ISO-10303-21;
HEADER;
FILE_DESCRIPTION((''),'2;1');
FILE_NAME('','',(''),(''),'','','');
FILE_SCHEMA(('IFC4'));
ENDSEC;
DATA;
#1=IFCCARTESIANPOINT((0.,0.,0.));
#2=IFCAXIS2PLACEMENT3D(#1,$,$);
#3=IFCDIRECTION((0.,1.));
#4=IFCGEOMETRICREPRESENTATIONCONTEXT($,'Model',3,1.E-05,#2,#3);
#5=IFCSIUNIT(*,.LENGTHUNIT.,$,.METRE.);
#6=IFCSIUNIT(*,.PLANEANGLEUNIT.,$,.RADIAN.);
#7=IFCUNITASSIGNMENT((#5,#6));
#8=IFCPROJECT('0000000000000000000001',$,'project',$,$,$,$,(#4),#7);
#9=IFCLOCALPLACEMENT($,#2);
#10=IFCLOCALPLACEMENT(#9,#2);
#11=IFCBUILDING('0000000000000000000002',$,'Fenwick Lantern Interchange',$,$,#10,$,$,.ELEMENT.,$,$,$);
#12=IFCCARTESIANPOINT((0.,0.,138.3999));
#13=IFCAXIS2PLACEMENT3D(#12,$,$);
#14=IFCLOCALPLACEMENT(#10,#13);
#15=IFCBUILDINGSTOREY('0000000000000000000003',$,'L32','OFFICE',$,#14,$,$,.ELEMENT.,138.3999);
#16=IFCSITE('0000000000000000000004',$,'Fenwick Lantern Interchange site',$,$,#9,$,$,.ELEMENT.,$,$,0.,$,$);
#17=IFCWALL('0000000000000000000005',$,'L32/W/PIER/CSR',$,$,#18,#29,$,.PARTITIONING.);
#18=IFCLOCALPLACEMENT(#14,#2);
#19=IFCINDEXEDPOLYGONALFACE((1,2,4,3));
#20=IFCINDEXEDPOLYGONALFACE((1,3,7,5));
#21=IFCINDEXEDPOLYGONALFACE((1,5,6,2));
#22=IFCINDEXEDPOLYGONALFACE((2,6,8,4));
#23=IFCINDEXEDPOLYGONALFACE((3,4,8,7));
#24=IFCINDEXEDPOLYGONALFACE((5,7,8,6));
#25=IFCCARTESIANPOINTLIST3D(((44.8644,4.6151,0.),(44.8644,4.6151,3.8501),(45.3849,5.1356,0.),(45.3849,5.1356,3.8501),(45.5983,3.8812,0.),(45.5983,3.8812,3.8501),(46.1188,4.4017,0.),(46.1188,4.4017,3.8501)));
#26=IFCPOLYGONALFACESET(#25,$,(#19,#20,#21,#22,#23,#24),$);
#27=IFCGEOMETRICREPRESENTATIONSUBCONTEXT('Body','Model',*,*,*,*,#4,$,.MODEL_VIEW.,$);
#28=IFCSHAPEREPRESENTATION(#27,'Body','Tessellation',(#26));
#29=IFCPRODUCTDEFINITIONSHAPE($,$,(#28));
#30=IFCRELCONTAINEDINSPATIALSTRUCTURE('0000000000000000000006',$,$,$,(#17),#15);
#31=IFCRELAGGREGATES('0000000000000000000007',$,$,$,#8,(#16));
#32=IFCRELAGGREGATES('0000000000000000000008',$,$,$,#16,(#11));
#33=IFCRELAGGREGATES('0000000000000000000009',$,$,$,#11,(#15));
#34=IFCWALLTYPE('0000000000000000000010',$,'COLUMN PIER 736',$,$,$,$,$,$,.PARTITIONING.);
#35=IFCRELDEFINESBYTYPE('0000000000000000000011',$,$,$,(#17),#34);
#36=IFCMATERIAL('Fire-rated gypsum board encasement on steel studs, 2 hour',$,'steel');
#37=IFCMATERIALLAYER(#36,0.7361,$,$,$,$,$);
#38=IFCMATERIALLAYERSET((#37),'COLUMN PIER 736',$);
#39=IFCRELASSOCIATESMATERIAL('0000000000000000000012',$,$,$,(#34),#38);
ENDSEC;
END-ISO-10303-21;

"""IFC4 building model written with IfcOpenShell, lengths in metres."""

from ifc_helpers import new_model, si_unit, direction, frame, frame_2d, origin, place, context, subcontext, project, spatial, rectangle, extrude, material, layer, layer_set, type_object, element, save


model = new_model("IFC4")

# Units and contexts
model_context = context("Model", 3, precision=1e-05, world=origin(), true_north=direction((0.0, 1.0)))
body_context = subcontext(model_context, "Body", "Model", "MODEL_VIEW")
ifc_project = project(units=[si_unit("LENGTHUNIT", "METRE"), si_unit("PLANEANGLEUNIT", "RADIAN")], contexts=[model_context])

# Site, building, storey
site_placement = place(None, origin())
site = spatial("IfcSite", under=ifc_project, at=site_placement, Name="Fenwick Lantern Interchange site", CompositionType="ELEMENT", RefElevation=0.0)
building_placement = place(site_placement, origin())
building = spatial("IfcBuilding", under=site, at=building_placement, Name="Fenwick Lantern Interchange", CompositionType="ELEMENT")
storey_placement = place(building_placement, frame((0.0, 0.0, 138.3999)))
storey = spatial("IfcBuildingStorey", under=building, at=storey_placement, Name="L32", Description="OFFICE", CompositionType="ELEMENT", Elevation=138.3999)

# Wall
ifc_material_1 = material(Name="Fire-rated gypsum board encasement on steel studs, 2 hour", Category="steel")
ifc_layer_1 = layer(ifc_material_1, 0.7361)
ifc_layer_set_1 = layer_set([ifc_layer_1], Name="COLUMN PIER 736")
wall_type = type_object("IfcWallType", Name="COLUMN PIER 736", PredefinedType="PARTITIONING", material=ifc_layer_set_1)
wall_placement = place(storey_placement, frame((45.8586, 4.1414, 0.0), z_axis=(0.0, 0.0, 1.0), x_axis=(-0.707107, 0.707107, 0.0)))
element("IfcWall", 1, at=wall_placement, inside=storey, type_object=wall_type, Name="L32/W/PIER/CSR", PredefinedType="PARTITIONING", context=body_context, shape_type="SweptSolid", body=[
    extrude(rectangle(XDim=1.0378, YDim=0.7361, at=frame_2d((0.519, 0.0))), origin(), (0.0, 0.0, 1.0), 3.8501),
])

save(model, "model.ifc")
